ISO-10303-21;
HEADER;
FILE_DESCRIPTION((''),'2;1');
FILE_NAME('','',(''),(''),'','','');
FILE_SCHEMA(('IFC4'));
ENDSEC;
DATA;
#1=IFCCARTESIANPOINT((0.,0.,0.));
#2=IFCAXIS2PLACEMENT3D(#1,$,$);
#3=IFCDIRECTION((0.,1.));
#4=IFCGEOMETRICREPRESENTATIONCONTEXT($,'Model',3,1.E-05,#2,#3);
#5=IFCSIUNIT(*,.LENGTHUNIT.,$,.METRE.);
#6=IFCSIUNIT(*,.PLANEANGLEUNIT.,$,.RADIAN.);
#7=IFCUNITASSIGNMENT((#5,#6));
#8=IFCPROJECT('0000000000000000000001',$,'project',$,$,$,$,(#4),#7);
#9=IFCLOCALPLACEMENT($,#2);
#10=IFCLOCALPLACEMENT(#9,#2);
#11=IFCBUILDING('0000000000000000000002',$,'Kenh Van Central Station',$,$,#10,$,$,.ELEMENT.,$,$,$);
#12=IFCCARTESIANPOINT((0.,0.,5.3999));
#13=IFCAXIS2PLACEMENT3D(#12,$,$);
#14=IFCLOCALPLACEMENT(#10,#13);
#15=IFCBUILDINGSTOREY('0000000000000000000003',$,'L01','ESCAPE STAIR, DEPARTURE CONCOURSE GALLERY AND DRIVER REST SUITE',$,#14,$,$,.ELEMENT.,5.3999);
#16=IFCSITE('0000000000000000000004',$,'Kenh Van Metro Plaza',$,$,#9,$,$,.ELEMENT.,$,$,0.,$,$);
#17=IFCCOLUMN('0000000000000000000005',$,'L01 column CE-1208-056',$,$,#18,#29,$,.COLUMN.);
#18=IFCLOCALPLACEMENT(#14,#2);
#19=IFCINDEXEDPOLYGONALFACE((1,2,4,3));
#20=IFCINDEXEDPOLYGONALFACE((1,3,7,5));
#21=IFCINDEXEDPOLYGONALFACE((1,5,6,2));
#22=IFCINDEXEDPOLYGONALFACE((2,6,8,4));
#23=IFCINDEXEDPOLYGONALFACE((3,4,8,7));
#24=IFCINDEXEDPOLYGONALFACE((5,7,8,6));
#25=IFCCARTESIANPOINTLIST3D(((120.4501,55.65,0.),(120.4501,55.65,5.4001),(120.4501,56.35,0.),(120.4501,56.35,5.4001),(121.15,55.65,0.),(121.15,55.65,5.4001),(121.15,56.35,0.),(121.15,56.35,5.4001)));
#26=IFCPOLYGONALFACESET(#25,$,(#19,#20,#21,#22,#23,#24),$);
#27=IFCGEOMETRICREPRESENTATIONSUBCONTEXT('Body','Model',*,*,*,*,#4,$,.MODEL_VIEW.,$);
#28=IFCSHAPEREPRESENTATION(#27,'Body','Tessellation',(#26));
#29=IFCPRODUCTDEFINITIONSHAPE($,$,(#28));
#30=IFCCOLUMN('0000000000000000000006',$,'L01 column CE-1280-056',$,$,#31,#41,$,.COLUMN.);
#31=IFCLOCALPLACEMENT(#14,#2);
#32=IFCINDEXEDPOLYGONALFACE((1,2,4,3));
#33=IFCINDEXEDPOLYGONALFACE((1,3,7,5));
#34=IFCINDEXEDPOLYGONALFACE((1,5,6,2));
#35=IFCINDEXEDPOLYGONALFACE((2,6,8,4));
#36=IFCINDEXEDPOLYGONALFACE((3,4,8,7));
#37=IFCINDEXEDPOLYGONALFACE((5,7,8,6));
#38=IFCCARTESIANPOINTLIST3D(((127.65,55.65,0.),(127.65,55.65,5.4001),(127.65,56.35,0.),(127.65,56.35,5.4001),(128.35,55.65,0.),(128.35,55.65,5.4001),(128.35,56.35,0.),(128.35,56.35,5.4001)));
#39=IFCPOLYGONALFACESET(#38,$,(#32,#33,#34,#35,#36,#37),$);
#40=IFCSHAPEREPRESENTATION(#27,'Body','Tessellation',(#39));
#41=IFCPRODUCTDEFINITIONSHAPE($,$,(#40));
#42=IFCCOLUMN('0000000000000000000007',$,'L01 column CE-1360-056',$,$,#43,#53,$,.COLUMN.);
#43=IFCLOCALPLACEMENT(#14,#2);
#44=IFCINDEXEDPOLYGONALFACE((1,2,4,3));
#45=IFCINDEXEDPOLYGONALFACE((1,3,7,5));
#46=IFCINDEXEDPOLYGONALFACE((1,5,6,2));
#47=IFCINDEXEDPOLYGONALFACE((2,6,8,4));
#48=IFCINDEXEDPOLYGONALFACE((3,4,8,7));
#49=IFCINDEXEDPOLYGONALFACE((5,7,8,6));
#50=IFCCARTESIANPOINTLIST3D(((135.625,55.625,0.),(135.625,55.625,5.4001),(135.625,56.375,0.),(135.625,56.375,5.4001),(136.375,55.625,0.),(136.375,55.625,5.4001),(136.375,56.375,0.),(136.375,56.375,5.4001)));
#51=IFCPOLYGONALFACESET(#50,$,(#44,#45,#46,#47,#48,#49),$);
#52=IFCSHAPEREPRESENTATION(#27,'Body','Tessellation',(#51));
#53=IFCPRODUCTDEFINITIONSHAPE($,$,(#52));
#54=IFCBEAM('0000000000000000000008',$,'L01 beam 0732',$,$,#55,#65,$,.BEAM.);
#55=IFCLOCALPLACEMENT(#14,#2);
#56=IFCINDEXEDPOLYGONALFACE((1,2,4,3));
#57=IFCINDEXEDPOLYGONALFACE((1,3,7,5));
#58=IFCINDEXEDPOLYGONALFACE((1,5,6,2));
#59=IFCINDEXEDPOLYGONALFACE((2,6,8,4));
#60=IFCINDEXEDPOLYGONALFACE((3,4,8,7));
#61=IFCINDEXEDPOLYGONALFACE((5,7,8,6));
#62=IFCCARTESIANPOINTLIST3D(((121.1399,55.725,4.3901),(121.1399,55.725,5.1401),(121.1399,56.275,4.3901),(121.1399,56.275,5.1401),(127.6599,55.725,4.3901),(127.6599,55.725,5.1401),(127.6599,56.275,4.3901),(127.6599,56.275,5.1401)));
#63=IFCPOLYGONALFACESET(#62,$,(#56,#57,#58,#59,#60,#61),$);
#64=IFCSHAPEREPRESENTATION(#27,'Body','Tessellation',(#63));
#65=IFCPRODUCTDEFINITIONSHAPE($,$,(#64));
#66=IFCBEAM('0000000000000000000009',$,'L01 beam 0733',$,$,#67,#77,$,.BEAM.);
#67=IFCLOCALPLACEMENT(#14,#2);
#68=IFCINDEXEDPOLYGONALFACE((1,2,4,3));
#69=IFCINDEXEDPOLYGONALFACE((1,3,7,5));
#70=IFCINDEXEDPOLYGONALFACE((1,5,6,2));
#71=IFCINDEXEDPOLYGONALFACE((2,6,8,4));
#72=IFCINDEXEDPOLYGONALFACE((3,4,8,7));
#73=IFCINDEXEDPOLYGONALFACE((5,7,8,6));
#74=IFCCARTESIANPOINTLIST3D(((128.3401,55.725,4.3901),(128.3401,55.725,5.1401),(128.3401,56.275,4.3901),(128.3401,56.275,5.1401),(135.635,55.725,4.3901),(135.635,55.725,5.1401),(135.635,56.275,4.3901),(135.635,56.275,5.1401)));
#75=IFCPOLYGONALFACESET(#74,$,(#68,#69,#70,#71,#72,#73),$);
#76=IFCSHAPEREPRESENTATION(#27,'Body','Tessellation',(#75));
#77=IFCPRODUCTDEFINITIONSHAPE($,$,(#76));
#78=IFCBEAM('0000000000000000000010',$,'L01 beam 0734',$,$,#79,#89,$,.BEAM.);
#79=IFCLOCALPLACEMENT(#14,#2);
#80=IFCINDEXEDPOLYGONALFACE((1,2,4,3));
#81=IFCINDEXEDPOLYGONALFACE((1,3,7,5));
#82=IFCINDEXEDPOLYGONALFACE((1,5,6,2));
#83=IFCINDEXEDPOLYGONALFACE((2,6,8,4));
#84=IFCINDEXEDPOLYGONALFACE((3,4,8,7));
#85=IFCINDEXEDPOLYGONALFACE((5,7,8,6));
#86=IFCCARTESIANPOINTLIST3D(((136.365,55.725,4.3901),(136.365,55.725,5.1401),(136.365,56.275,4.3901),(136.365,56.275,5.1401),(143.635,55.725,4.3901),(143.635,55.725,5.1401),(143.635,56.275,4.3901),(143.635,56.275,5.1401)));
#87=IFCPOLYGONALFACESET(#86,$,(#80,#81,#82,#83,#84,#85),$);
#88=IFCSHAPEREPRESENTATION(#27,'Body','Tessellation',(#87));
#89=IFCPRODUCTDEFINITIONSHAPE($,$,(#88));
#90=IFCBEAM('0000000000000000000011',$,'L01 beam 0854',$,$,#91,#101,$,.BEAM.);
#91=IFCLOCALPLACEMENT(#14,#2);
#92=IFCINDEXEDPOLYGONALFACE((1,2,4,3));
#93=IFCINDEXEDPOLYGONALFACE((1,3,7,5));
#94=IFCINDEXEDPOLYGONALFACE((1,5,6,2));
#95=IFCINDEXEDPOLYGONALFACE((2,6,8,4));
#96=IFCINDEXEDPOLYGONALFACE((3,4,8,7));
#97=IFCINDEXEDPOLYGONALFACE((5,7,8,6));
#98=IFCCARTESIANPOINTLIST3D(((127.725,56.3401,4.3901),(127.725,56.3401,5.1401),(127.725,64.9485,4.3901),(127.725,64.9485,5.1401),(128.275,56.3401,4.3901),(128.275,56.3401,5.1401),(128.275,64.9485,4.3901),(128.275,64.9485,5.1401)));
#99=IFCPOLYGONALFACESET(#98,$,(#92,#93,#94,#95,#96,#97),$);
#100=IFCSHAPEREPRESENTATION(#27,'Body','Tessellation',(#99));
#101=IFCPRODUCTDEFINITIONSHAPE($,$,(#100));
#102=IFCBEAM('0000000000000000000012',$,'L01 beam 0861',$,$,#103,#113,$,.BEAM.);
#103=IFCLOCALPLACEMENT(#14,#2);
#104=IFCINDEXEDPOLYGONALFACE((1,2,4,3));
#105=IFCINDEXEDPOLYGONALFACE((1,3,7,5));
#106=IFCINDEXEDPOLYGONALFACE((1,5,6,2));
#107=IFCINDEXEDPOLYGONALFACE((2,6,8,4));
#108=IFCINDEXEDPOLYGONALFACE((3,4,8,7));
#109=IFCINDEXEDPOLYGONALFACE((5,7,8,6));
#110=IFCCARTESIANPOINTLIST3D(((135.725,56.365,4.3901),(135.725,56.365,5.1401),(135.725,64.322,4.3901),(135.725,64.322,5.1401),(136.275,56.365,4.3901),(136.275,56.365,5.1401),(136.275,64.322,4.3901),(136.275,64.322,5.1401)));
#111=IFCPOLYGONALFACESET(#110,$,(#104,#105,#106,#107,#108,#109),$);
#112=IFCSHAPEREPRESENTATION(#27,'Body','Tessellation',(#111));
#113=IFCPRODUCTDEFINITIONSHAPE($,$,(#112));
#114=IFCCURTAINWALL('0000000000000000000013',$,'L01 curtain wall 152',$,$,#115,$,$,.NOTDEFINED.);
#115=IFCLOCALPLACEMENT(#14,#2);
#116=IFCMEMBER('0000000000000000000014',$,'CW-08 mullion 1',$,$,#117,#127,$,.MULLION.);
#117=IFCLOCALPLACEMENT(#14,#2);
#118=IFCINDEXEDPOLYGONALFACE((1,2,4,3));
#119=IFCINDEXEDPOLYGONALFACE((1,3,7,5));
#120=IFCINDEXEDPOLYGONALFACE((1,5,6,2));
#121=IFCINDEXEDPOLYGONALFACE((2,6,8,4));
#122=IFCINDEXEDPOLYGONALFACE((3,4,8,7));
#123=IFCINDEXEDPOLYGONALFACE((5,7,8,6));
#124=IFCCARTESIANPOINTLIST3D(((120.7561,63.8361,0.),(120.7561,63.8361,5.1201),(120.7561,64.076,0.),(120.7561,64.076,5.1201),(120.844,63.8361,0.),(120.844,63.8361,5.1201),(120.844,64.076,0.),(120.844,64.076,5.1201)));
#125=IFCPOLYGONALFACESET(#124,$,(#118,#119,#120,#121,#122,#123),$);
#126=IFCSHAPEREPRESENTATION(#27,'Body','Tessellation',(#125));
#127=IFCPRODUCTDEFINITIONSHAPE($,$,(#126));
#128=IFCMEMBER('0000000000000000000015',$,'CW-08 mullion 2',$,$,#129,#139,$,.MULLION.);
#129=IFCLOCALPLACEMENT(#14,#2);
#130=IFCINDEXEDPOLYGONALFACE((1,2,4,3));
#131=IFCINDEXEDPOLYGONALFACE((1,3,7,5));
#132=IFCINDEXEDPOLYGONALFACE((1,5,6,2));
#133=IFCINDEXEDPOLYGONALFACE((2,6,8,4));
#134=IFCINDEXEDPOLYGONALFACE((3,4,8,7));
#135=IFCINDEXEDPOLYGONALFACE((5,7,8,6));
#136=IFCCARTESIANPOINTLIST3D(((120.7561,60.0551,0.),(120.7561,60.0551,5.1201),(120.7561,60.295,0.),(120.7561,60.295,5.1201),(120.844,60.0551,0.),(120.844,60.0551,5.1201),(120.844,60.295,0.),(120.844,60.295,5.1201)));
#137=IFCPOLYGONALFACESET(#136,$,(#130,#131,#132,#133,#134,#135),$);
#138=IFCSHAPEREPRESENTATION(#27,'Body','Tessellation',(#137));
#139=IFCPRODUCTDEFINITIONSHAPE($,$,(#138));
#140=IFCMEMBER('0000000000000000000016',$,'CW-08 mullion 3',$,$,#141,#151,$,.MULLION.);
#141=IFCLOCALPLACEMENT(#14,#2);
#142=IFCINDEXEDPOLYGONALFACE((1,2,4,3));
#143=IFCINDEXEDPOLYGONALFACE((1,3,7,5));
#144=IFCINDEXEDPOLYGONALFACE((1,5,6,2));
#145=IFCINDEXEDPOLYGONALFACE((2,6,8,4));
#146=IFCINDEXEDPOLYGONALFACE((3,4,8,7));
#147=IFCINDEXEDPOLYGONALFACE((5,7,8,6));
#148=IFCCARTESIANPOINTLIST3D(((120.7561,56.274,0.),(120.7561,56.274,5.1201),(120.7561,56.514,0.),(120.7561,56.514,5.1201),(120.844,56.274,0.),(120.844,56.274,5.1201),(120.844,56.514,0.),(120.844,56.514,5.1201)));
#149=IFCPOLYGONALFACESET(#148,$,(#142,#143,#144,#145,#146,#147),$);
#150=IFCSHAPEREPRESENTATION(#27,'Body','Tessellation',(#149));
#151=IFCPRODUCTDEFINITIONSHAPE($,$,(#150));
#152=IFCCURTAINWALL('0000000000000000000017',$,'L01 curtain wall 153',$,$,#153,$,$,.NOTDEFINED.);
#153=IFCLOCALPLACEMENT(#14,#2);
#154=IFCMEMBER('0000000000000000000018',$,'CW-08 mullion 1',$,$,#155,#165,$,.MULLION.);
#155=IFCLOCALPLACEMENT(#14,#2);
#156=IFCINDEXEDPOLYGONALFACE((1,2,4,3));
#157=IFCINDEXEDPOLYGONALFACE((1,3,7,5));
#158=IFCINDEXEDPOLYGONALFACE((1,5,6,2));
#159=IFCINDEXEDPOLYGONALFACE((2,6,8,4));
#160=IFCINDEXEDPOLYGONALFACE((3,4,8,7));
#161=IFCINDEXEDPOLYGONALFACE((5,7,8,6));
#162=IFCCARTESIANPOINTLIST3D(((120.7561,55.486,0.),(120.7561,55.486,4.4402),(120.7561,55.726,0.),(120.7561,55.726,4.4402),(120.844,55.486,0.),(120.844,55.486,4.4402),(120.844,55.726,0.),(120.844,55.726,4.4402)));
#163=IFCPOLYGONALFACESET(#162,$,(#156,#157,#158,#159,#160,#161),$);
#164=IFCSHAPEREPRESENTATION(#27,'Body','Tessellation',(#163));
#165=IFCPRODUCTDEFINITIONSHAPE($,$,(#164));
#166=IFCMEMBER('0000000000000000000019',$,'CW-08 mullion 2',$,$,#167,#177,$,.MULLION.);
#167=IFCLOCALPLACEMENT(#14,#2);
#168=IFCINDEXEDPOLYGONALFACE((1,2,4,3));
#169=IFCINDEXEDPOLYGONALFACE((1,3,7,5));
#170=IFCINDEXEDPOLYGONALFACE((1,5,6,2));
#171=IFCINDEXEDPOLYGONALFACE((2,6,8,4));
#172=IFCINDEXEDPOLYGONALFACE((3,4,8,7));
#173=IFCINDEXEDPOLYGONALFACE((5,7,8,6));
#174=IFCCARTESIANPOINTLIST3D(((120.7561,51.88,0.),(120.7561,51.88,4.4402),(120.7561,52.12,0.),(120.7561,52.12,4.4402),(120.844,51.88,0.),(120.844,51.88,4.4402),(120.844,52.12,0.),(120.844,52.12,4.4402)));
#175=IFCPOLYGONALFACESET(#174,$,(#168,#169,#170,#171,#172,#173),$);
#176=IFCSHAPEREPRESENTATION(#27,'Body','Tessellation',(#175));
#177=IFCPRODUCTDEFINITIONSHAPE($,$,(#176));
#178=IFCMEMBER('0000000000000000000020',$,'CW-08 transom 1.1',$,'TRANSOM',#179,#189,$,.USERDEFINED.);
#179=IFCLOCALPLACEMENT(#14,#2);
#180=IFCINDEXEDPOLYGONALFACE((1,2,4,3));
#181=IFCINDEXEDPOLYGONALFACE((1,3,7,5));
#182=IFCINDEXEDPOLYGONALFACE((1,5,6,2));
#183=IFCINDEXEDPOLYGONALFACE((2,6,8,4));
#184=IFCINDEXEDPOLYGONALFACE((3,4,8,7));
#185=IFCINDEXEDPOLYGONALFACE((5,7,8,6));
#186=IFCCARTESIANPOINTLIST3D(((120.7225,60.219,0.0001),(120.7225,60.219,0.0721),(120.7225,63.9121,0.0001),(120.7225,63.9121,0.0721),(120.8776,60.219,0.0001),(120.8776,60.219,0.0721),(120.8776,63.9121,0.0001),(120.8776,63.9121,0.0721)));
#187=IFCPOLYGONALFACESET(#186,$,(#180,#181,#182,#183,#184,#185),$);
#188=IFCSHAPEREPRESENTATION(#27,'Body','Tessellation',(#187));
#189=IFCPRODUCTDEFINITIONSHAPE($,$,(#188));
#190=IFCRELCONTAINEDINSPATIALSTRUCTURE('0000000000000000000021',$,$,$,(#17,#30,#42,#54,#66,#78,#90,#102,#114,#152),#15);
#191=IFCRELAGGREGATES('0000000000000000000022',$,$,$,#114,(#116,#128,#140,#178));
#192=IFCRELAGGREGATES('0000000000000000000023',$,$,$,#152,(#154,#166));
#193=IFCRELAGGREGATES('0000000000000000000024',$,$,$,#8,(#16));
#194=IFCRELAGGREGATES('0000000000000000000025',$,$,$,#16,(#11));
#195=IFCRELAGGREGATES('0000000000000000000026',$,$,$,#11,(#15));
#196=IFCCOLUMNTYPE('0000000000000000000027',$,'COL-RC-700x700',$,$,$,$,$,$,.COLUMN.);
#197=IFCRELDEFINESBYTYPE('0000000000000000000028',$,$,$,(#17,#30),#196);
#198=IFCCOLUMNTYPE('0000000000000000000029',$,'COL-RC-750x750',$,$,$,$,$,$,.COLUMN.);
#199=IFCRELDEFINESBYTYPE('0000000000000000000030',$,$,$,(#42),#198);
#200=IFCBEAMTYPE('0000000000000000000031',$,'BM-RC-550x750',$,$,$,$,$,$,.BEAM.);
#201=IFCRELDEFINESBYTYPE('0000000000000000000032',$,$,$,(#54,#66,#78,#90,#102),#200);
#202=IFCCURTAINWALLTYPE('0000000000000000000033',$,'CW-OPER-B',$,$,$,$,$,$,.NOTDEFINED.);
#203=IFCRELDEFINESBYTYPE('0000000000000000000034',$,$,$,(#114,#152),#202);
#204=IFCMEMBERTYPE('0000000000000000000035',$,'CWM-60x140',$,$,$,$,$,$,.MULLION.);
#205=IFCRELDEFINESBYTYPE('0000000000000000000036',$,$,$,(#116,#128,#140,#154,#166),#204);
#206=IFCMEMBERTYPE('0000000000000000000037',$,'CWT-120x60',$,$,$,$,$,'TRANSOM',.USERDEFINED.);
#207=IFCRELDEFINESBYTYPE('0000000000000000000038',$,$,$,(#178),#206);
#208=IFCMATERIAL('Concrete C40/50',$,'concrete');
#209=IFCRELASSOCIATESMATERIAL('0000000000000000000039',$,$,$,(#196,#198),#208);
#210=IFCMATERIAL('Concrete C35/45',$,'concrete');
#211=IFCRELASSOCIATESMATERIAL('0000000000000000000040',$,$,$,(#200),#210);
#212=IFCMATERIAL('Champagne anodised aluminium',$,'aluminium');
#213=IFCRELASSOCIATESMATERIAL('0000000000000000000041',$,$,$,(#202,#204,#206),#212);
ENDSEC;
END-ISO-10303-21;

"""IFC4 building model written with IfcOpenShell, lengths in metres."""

from ifc_helpers import new_model, si_unit, direction, frame, origin, origin_2d, place, context, subcontext, project, spatial, rectangle, extrude, material, material_profile, profile_set, type_object, element, aggregate, save


model = new_model("IFC4")

# Units and contexts
model_context = context("Model", 3, precision=1e-05, world=origin(), true_north=direction((0.0, 1.0)))
body_context = subcontext(model_context, "Body", "Model", "MODEL_VIEW")
ifc_project = project(units=[si_unit("LENGTHUNIT", "METRE"), si_unit("PLANEANGLEUNIT", "RADIAN")], contexts=[model_context])

# Site, building, storey
site_placement = place(None, origin())
site = spatial("IfcSite", under=ifc_project, at=site_placement, Name="Kenh Van Metro Plaza", CompositionType="ELEMENT", RefElevation=0.0)
building_placement = place(site_placement, origin())
building = spatial("IfcBuilding", under=site, at=building_placement, Name="Kenh Van Central Station", CompositionType="ELEMENT")
storey_placement = place(building_placement, frame((0.0, 0.0, 5.3999)))
storey = spatial("IfcBuildingStorey", under=building, at=storey_placement, Name="L01", Description="ESCAPE STAIR, DEPARTURE CONCOURSE GALLERY AND DRIVER REST SUITE", CompositionType="ELEMENT", Elevation=5.3999)

# Columns
ifc_material_1 = material(Name="Concrete C40/50", Category="concrete")
ifc_material_profile_1 = material_profile(ifc_material_1, rectangle(XDim=0.7, YDim=0.7, at=origin_2d()), Name="RC 700x700")
ifc_profile_set_1 = profile_set([ifc_material_profile_1], Name="Concrete C40/50")
column_type_1 = type_object("IfcColumnType", Name="COL-RC-700x700", PredefinedType="COLUMN", material=ifc_profile_set_1)
for number, where, z_axis, x_axis, name in (
    (1, (120.8, 56.0, 0.0), (0.0, 0.0, 1.0), (1.0, 0.0, 0.0), "L01 column CE-1208-056"),
    (2, (128.0, 56.0, 0.0), (0.0, 0.0, 1.0), (1.0, 0.0, 0.0), "L01 column CE-1280-056"),
):
    element("IfcColumn", number, at=place(storey_placement, frame(where, z_axis=z_axis, x_axis=x_axis)), inside=storey, type_object=column_type_1, Name=name, PredefinedType="COLUMN", context=body_context, shape_type="SweptSolid", body=[
        extrude(rectangle(XDim=0.7, YDim=0.7, at=origin_2d()), origin(), (0.0, 0.0, 1.0), 5.4001),
    ])
ifc_material_profile_2 = material_profile(ifc_material_1, rectangle(XDim=0.75, YDim=0.75, at=origin_2d()), Name="RC 750x750")
ifc_profile_set_2 = profile_set([ifc_material_profile_2], Name="Concrete C40/50")
column_type_2 = type_object("IfcColumnType", Name="COL-RC-750x750", PredefinedType="COLUMN", material=ifc_profile_set_2)
column_placement = place(storey_placement, frame((136.0, 56.0, 0.0), z_axis=(0.0, 0.0, 1.0), x_axis=(1.0, 0.0, 0.0)))
element("IfcColumn", 3, at=column_placement, inside=storey, type_object=column_type_2, Name="L01 column CE-1360-056", PredefinedType="COLUMN", context=body_context, shape_type="SweptSolid", body=[
    extrude(rectangle(XDim=0.75, YDim=0.75, at=origin_2d()), origin(), (0.0, 0.0, 1.0), 5.4001),
])

# Beams
ifc_material_2 = material(Name="Concrete C35/45", Category="concrete")
ifc_material_profile_3 = material_profile(ifc_material_2, rectangle(XDim=0.55, YDim=0.75, at=origin_2d()), Name="RC 550x750")
ifc_profile_set_3 = profile_set([ifc_material_profile_3], Name="Concrete C35/45")
beam_type = type_object("IfcBeamType", Name="BM-RC-550x750", PredefinedType="BEAM", material=ifc_profile_set_3)
beam_1_placement = place(storey_placement, frame((121.1399, 56.0, 4.7651), z_axis=(1.0, 0.0, 0.0), x_axis=(0.0, 1.0, 0.0)))
element("IfcBeam", 4, at=beam_1_placement, inside=storey, type_object=beam_type, Name="L01 beam 0732", PredefinedType="BEAM", context=body_context, shape_type="SweptSolid", body=[
    extrude(rectangle(XDim=0.55, YDim=0.75, at=origin_2d()), origin(), (0.0, 0.0, 1.0), 6.52),
])
beam_2_placement = place(storey_placement, frame((128.3401, 56.0, 4.7651), z_axis=(1.0, 0.0, 0.0), x_axis=(0.0, 1.0, 0.0)))
element("IfcBeam", 5, at=beam_2_placement, inside=storey, type_object=beam_type, Name="L01 beam 0733", PredefinedType="BEAM", context=body_context, shape_type="SweptSolid", body=[
    extrude(rectangle(XDim=0.55, YDim=0.75, at=origin_2d()), origin(), (0.0, 0.0, 1.0), 7.2949),
])
beam_3_placement = place(storey_placement, frame((136.365, 56.0, 4.7651), z_axis=(1.0, 0.0, 0.0), x_axis=(0.0, 1.0, 0.0)))
element("IfcBeam", 6, at=beam_3_placement, inside=storey, type_object=beam_type, Name="L01 beam 0734", PredefinedType="BEAM", context=body_context, shape_type="SweptSolid", body=[
    extrude(rectangle(XDim=0.55, YDim=0.75, at=origin_2d()), origin(), (0.0, 0.0, 1.0), 7.27),
])
beam_4_placement = place(storey_placement, frame((128.0, 56.3401, 4.7651), z_axis=(0.0, 1.0, 0.0), x_axis=(-1.0, 0.0, 0.0)))
element("IfcBeam", 7, at=beam_4_placement, inside=storey, type_object=beam_type, Name="L01 beam 0854", PredefinedType="BEAM", context=body_context, shape_type="SweptSolid", body=[
    extrude(rectangle(XDim=0.55, YDim=0.75, at=origin_2d()), origin(), (0.0, 0.0, 1.0), 8.6084),
])
beam_5_placement = place(storey_placement, frame((136.0, 56.365, 4.7651), z_axis=(0.0, 1.0, 0.0), x_axis=(-1.0, 0.0, 0.0)))
element("IfcBeam", 8, at=beam_5_placement, inside=storey, type_object=beam_type, Name="L01 beam 0861", PredefinedType="BEAM", context=body_context, shape_type="SweptSolid", body=[
    extrude(rectangle(XDim=0.55, YDim=0.75, at=origin_2d()), origin(), (0.0, 0.0, 1.0), 7.957),
])

# Curtain walls, members
ifc_material_3 = material(Name="Champagne anodised aluminium", Category="aluminium")
curtain_wall_type = type_object("IfcCurtainWallType", Name="CW-OPER-B", PredefinedType="NOTDEFINED", material=ifc_material_3)
curtain_wall_1_placement = place(storey_placement, origin())
curtain_wall_1 = element("IfcCurtainWall", 9, at=curtain_wall_1_placement, inside=storey, type_object=curtain_wall_type, Name="L01 curtain wall 152", PredefinedType="NOTDEFINED")
ifc_material_profile_4 = material_profile(ifc_material_3, rectangle(XDim=0.0879, YDim=0.24, at=origin_2d()), Name="AL 88x240")
ifc_profile_set_4 = profile_set([ifc_material_profile_4], Name="Champagne anodised aluminium")
member_type_1 = type_object("IfcMemberType", Name="CWM-60x140", PredefinedType="MULLION", material=ifc_profile_set_4)
member_1_placement = place(storey_placement, frame((120.8, 63.9561, 0.0), z_axis=(0.0, 0.0, 1.0), x_axis=(1.0, 0.0, 0.0)))
member_1 = element("IfcMember", 10, at=member_1_placement, type_object=member_type_1, Name="CW-08 mullion 1", PredefinedType="MULLION", context=body_context, shape_type="SweptSolid", body=[
    extrude(rectangle(XDim=0.0879, YDim=0.24, at=origin_2d()), origin(), (0.0, 0.0, 1.0), 5.1201),
])
member_2_placement = place(storey_placement, frame((120.8, 60.175, 0.0), z_axis=(0.0, 0.0, 1.0), x_axis=(1.0, 0.0, 0.0)))
member_2 = element("IfcMember", 11, at=member_2_placement, type_object=member_type_1, Name="CW-08 mullion 2", PredefinedType="MULLION", context=body_context, shape_type="SweptSolid", body=[
    extrude(rectangle(XDim=0.0879, YDim=0.24, at=origin_2d()), origin(), (0.0, 0.0, 1.0), 5.1201),
])
member_3_placement = place(storey_placement, frame((120.8, 56.394, 0.0), z_axis=(0.0, 0.0, 1.0), x_axis=(1.0, 0.0, 0.0)))
member_3 = element("IfcMember", 12, at=member_3_placement, type_object=member_type_1, Name="CW-08 mullion 3", PredefinedType="MULLION", context=body_context, shape_type="SweptSolid", body=[
    extrude(rectangle(XDim=0.0879, YDim=0.24, at=origin_2d()), origin(), (0.0, 0.0, 1.0), 5.1201),
])
curtain_wall_2_placement = place(storey_placement, origin())
curtain_wall_2 = element("IfcCurtainWall", 13, at=curtain_wall_2_placement, inside=storey, type_object=curtain_wall_type, Name="L01 curtain wall 153", PredefinedType="NOTDEFINED")
member_4_placement = place(storey_placement, frame((120.8, 55.606, 0.0), z_axis=(0.0, 0.0, 1.0), x_axis=(1.0, 0.0, 0.0)))
member_4 = element("IfcMember", 14, at=member_4_placement, type_object=member_type_1, Name="CW-08 mullion 1", PredefinedType="MULLION", context=body_context, shape_type="SweptSolid", body=[
    extrude(rectangle(XDim=0.0879, YDim=0.24, at=origin_2d()), origin(), (0.0, 0.0, 1.0), 4.4402),
])
member_5_placement = place(storey_placement, frame((120.8, 52.0, 0.0), z_axis=(0.0, 0.0, 1.0), x_axis=(1.0, 0.0, 0.0)))
member_5 = element("IfcMember", 15, at=member_5_placement, type_object=member_type_1, Name="CW-08 mullion 2", PredefinedType="MULLION", context=body_context, shape_type="SweptSolid", body=[
    extrude(rectangle(XDim=0.0879, YDim=0.24, at=origin_2d()), origin(), (0.0, 0.0, 1.0), 4.4402),
])

# Member
ifc_material_profile_5 = material_profile(ifc_material_3, rectangle(XDim=0.155, YDim=0.072, at=origin_2d()), Name="AL 155x72")
ifc_profile_set_5 = profile_set([ifc_material_profile_5], Name="Champagne anodised aluminium")
member_type_2 = type_object("IfcMemberType", Name="CWT-120x60", ElementType="TRANSOM", PredefinedType="USERDEFINED", material=ifc_profile_set_5)
member_6_placement = place(storey_placement, frame((120.8, 63.9121, 0.0361), z_axis=(0.0, -1.0, 0.0), x_axis=(1.0, 0.0, 0.0)))
member_6 = element("IfcMember", 16, at=member_6_placement, type_object=member_type_2, Name="CW-08 transom 1.1", ObjectType="TRANSOM", PredefinedType="USERDEFINED", context=body_context, shape_type="SweptSolid", body=[
    extrude(rectangle(XDim=0.155, YDim=0.072, at=origin_2d()), origin(), (0.0, 0.0, 1.0), 3.6931),
])

aggregate(curtain_wall_1, [member_1, member_2, member_3, member_6])
aggregate(curtain_wall_2, [member_4, member_5])

save(model, "model.ifc")
